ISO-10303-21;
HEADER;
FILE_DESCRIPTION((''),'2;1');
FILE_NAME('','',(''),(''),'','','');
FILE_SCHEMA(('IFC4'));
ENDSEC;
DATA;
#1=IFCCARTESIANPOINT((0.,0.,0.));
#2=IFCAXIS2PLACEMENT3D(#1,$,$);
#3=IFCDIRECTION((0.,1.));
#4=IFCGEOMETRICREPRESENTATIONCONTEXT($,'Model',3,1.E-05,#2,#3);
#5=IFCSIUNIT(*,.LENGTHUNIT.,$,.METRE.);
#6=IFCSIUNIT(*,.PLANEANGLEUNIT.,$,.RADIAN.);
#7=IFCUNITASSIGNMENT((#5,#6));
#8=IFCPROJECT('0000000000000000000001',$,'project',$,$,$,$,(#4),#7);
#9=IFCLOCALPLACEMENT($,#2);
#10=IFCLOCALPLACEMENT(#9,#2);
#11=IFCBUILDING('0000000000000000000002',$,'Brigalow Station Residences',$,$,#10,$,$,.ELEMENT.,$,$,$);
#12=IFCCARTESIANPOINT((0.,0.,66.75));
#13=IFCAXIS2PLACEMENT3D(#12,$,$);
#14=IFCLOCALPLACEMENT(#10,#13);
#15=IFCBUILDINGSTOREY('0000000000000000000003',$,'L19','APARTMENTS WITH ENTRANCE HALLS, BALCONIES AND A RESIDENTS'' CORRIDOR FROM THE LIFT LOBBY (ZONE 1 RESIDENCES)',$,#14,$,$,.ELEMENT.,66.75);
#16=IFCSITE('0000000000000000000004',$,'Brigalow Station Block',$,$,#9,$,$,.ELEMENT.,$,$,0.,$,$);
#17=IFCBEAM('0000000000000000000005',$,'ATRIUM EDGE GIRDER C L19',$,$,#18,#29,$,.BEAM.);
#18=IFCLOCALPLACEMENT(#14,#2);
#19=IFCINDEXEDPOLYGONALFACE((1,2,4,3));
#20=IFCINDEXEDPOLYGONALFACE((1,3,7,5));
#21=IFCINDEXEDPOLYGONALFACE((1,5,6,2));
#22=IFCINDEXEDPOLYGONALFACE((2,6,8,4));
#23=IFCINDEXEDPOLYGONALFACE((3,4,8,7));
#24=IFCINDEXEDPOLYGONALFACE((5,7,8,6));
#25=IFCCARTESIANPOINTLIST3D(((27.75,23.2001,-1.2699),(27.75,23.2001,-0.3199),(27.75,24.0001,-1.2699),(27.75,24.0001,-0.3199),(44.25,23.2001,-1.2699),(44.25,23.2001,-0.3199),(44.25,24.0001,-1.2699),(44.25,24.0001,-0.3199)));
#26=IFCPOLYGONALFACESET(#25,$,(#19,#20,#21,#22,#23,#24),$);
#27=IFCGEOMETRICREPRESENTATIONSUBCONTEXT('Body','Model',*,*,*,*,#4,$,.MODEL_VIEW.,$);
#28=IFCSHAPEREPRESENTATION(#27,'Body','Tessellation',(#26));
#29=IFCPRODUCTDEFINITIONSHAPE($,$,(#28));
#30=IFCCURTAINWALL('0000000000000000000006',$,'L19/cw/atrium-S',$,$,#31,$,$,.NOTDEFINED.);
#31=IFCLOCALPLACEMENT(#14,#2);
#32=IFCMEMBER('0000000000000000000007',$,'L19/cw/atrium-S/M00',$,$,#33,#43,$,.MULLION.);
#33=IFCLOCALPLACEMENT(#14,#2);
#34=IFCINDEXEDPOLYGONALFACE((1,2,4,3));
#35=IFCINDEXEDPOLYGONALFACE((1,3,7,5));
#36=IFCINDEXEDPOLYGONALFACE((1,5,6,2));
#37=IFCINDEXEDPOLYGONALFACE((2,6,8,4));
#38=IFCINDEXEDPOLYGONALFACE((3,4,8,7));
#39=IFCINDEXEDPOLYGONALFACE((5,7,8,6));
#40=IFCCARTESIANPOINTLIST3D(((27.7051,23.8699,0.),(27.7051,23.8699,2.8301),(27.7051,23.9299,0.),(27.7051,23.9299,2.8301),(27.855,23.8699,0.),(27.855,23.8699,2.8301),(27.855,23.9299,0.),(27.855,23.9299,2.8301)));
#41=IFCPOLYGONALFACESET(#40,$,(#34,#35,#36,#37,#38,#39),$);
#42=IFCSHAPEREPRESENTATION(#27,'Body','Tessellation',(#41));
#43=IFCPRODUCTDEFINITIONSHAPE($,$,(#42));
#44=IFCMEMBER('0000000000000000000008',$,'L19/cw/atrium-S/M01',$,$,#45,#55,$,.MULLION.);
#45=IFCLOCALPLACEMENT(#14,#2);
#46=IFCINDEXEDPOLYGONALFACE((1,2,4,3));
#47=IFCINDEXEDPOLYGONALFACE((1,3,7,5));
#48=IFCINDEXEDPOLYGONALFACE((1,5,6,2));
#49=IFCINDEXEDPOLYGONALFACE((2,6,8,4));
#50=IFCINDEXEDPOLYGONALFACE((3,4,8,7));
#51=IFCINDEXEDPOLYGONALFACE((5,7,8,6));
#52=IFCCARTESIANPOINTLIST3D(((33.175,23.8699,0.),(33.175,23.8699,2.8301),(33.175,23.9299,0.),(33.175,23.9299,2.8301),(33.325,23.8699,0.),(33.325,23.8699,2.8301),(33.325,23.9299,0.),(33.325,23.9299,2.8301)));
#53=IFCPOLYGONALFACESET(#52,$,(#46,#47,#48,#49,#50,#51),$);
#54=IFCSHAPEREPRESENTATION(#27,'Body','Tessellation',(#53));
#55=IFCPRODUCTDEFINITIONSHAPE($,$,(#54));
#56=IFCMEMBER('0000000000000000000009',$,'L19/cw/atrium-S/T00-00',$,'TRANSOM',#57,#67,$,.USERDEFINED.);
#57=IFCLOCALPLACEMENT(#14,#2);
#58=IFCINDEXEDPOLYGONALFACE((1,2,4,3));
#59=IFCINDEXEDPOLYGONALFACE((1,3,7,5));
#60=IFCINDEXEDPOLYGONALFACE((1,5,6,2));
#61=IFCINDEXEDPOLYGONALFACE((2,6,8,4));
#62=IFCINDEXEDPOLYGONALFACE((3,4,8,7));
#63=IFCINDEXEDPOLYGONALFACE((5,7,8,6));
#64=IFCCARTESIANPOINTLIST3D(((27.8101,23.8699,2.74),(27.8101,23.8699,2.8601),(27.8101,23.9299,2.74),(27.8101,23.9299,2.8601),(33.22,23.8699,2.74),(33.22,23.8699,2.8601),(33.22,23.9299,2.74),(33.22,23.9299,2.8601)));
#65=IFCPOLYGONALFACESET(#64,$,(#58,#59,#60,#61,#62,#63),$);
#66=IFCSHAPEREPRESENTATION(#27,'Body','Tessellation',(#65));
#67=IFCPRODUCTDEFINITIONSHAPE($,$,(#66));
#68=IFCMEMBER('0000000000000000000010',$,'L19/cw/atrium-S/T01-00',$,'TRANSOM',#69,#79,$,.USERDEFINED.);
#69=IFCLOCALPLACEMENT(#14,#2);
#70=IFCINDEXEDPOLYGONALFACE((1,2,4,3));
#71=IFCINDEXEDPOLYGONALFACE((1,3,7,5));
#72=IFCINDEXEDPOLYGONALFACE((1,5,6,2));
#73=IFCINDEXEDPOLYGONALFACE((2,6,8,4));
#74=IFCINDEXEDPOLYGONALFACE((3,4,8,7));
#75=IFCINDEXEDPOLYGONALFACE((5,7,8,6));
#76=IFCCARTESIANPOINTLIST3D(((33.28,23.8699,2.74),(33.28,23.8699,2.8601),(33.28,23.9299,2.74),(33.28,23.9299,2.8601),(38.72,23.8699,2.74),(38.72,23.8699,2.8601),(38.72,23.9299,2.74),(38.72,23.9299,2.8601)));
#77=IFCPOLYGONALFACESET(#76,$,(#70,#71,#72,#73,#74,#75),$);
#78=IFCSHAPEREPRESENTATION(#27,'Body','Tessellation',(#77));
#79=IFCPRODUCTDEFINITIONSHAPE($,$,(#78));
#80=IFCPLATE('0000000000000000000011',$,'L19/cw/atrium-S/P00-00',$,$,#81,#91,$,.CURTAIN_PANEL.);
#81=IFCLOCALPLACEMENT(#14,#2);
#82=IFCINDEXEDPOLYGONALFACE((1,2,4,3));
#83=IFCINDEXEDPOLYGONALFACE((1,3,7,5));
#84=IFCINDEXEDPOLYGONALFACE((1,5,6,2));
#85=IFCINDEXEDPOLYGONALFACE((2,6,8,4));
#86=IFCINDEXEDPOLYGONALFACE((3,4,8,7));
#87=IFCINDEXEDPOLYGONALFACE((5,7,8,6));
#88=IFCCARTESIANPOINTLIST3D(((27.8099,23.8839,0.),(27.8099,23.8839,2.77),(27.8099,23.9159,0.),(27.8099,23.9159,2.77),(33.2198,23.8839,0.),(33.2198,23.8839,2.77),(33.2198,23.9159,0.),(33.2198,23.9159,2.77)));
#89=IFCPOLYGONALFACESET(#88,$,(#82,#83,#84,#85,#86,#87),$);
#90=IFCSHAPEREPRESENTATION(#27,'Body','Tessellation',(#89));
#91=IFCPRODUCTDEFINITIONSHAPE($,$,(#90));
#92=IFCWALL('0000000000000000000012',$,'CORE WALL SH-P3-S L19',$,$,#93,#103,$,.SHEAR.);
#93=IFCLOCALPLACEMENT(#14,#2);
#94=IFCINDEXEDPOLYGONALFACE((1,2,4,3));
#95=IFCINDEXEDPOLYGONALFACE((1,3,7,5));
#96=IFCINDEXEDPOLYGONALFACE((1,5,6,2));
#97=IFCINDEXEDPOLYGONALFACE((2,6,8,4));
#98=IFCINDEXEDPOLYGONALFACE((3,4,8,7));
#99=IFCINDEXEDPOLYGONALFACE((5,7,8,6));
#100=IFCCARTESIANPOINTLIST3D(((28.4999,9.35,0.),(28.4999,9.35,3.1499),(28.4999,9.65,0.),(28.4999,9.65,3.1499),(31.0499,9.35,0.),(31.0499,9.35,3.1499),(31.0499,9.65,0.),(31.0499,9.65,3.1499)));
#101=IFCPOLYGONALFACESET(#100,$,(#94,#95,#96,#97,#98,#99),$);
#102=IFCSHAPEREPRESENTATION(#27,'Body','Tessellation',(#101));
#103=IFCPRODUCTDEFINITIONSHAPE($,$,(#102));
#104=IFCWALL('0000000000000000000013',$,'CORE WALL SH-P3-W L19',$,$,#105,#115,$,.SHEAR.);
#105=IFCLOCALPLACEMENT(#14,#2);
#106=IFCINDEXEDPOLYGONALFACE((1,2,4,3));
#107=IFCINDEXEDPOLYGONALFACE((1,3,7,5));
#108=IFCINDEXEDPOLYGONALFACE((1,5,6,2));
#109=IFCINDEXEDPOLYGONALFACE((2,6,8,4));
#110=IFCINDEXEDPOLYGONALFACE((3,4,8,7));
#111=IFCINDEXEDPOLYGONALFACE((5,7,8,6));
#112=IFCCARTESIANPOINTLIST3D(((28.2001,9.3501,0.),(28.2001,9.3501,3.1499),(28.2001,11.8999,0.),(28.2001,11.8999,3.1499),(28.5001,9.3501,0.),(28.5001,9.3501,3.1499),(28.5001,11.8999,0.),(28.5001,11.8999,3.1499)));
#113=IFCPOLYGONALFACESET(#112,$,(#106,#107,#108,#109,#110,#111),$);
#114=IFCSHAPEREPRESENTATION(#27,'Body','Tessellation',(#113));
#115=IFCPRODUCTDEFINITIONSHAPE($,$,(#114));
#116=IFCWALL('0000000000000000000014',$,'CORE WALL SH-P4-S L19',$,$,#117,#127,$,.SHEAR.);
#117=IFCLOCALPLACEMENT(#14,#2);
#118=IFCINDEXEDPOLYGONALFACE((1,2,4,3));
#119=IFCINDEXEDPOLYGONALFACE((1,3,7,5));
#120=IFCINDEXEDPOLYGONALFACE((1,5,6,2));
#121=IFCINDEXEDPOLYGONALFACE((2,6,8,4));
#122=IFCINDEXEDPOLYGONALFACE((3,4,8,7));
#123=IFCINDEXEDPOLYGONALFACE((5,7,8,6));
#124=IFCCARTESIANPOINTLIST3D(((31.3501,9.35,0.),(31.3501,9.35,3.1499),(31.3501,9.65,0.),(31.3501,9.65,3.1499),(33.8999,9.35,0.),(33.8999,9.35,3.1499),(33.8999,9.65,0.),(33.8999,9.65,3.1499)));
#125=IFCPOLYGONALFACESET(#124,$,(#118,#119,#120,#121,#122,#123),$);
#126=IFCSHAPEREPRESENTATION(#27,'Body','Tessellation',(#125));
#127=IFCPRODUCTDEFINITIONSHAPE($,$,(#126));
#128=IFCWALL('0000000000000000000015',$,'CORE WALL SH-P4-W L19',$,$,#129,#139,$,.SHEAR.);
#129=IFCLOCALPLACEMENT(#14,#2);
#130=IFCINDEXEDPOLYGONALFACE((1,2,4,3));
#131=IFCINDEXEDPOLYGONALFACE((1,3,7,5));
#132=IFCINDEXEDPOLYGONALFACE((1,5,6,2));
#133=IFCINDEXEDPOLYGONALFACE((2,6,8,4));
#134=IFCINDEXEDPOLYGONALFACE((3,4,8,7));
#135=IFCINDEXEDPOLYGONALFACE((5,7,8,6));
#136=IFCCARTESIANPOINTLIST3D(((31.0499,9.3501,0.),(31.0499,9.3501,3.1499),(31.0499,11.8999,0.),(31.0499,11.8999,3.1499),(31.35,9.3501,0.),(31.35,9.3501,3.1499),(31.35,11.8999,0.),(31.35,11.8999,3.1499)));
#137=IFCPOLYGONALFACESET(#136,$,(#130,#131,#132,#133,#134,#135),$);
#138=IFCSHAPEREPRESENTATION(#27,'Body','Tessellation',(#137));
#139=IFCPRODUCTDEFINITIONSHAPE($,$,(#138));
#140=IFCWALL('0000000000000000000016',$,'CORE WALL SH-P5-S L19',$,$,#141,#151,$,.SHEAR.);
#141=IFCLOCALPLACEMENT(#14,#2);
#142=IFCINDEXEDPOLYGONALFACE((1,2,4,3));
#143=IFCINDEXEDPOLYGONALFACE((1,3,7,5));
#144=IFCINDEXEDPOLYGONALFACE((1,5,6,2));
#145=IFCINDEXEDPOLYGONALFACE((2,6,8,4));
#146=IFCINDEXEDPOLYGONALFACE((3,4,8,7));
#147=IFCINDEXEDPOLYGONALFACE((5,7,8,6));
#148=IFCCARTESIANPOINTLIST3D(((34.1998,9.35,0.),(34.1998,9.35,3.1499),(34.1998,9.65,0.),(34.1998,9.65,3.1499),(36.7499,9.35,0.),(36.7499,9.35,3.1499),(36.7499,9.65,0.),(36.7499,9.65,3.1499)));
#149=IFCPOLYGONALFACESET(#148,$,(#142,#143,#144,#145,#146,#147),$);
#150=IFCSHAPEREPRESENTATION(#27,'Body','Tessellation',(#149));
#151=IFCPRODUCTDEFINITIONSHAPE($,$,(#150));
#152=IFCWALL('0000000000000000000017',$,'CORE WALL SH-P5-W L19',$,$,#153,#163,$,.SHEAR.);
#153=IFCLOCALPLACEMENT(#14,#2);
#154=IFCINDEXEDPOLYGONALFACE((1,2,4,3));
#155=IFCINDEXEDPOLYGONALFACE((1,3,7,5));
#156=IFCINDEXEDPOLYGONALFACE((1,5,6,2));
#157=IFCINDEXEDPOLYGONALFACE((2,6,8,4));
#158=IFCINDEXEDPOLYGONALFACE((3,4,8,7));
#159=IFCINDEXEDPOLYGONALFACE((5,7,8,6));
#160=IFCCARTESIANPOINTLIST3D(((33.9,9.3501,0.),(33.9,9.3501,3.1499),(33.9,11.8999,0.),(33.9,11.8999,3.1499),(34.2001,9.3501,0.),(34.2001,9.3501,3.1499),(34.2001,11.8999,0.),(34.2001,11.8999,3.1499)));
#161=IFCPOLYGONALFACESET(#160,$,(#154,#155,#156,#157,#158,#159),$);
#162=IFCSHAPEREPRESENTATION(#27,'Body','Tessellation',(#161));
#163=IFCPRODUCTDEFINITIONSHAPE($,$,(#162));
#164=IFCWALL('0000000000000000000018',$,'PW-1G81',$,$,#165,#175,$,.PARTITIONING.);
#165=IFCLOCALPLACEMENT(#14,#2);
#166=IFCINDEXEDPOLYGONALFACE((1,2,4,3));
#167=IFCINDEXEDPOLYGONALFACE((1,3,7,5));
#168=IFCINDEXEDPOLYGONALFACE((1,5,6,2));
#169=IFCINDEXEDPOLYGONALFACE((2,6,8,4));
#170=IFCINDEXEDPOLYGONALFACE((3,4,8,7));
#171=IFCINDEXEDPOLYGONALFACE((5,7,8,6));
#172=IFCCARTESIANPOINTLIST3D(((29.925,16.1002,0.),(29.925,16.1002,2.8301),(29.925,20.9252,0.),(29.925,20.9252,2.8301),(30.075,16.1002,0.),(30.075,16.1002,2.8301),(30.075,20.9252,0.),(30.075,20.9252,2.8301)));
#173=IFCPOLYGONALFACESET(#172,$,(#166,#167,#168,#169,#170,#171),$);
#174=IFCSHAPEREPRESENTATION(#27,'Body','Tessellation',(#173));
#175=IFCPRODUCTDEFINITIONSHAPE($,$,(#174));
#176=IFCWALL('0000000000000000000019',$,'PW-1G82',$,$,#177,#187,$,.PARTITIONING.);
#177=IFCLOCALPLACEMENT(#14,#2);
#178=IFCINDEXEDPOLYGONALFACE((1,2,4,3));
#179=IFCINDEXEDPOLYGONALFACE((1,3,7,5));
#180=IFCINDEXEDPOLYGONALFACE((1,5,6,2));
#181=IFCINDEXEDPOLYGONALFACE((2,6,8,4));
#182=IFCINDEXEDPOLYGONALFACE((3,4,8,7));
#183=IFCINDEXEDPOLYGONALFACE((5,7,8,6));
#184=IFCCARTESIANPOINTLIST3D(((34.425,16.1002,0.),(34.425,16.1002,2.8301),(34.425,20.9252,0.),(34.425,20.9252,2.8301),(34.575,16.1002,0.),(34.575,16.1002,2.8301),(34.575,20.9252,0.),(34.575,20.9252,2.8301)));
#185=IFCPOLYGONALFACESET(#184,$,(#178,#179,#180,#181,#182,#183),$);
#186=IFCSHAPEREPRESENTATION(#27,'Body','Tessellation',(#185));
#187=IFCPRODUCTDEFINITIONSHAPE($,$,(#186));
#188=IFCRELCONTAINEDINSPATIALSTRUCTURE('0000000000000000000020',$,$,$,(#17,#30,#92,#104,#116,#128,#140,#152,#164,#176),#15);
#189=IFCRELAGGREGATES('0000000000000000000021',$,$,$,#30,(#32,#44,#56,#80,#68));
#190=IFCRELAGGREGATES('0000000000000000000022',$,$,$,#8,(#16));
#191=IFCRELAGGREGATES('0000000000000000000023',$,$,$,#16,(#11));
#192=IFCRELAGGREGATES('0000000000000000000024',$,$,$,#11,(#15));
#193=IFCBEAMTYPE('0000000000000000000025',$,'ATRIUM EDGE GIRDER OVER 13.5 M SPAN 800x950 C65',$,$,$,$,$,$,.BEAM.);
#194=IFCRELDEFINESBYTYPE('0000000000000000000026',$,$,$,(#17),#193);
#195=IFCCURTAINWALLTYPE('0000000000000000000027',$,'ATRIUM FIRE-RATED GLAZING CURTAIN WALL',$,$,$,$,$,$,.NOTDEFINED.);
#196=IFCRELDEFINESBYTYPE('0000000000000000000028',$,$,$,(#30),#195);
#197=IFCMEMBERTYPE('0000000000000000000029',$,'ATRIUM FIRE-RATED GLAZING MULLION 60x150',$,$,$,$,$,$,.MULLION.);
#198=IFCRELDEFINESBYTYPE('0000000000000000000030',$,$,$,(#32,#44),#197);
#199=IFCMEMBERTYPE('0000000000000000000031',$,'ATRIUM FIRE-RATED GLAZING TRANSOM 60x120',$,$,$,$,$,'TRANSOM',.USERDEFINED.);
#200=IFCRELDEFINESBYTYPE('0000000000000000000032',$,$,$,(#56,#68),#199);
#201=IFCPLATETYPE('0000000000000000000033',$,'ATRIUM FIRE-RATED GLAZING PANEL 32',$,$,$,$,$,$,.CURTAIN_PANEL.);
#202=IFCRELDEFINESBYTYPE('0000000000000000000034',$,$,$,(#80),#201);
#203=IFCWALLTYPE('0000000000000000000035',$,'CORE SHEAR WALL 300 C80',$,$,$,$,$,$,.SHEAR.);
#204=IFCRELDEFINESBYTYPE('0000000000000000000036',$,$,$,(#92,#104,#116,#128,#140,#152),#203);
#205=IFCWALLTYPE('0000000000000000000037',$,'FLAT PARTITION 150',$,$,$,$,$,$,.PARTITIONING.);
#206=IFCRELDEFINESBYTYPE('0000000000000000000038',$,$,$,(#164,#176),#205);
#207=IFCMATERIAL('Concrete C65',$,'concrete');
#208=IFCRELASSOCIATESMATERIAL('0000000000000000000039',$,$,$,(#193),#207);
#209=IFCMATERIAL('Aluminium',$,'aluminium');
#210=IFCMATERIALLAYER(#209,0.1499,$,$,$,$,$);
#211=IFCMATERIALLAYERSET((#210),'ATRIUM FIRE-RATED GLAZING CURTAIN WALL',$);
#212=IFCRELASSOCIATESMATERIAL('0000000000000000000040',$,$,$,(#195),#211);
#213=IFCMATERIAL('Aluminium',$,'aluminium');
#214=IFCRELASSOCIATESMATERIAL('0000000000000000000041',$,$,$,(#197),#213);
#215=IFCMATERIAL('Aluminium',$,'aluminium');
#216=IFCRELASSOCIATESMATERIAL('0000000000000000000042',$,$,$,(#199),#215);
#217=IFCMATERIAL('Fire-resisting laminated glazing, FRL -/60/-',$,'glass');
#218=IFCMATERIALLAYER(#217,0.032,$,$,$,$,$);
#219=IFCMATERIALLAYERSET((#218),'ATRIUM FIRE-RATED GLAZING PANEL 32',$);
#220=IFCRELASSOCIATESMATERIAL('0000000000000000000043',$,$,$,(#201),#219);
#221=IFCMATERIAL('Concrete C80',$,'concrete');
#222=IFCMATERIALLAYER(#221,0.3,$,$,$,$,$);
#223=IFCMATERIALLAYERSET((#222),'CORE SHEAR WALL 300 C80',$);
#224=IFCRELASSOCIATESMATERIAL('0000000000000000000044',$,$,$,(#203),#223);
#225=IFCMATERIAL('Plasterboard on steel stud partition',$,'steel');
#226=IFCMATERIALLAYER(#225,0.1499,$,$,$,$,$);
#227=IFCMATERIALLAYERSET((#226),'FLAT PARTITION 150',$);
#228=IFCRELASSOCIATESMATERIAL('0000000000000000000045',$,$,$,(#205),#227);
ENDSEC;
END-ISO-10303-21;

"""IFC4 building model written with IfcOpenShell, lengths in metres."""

from ifc_helpers import new_model, si_unit, direction, frame, frame_2d, origin, origin_2d, place, context, subcontext, project, spatial, rectangle, extrude, material, layer, layer_set, material_profile, profile_set, type_object, element, aggregate, save


model = new_model("IFC4")

# Units and contexts
model_context = context("Model", 3, precision=1e-05, world=origin(), true_north=direction((0.0, 1.0)))
body_context = subcontext(model_context, "Body", "Model", "MODEL_VIEW")
ifc_project = project(units=[si_unit("LENGTHUNIT", "METRE"), si_unit("PLANEANGLEUNIT", "RADIAN")], contexts=[model_context])

# Site, building, storey
site_placement = place(None, origin())
site = spatial("IfcSite", under=ifc_project, at=site_placement, Name="Brigalow Station Block", CompositionType="ELEMENT", RefElevation=0.0)
building_placement = place(site_placement, origin())
building = spatial("IfcBuilding", under=site, at=building_placement, Name="Brigalow Station Residences", CompositionType="ELEMENT")
storey_placement = place(building_placement, frame((0.0, 0.0, 66.75)))
storey = spatial("IfcBuildingStorey", under=building, at=storey_placement, Name="L19", Description="APARTMENTS WITH ENTRANCE HALLS, BALCONIES AND A RESIDENTS' CORRIDOR FROM THE LIFT LOBBY (ZONE 1 RESIDENCES)", CompositionType="ELEMENT", Elevation=66.75)

# Beam
ifc_material_1 = material(Name="Concrete C65", Category="concrete")
ifc_material_profile_1 = material_profile(ifc_material_1, rectangle(XDim=0.8, YDim=0.95, at=origin_2d()), Name="RC800x950")
ifc_profile_set_1 = profile_set([ifc_material_profile_1], Name="Concrete C65")
beam_type = type_object("IfcBeamType", Name="ATRIUM EDGE GIRDER OVER 13.5 M SPAN 800x950 C65", PredefinedType="BEAM", material=ifc_profile_set_1)
beam_placement = place(storey_placement, frame((27.75, 23.6001, -0.7949), z_axis=(1.0, 0.0, 0.0), x_axis=(0.0, 1.0, 0.0)))
element("IfcBeam", 1, at=beam_placement, inside=storey, type_object=beam_type, Name="ATRIUM EDGE GIRDER C L19", PredefinedType="BEAM", context=body_context, shape_type="SweptSolid", body=[
    extrude(rectangle(XDim=0.8, YDim=0.95, at=origin_2d()), origin(), (0.0, 0.0, 1.0), 16.5),
])

# Curtain wall, members, plate
ifc_material_2 = material(Name="Aluminium", Category="aluminium")
ifc_layer_1 = layer(ifc_material_2, 0.1499)
ifc_layer_set_1 = layer_set([ifc_layer_1], Name="ATRIUM FIRE-RATED GLAZING CURTAIN WALL")
curtain_wall_type = type_object("IfcCurtainWallType", Name="ATRIUM FIRE-RATED GLAZING CURTAIN WALL", PredefinedType="NOTDEFINED", material=ifc_layer_set_1)
curtain_wall_placement = place(storey_placement, origin())
curtain_wall = element("IfcCurtainWall", 2, at=curtain_wall_placement, inside=storey, type_object=curtain_wall_type, Name="L19/cw/atrium-S", PredefinedType="NOTDEFINED")
ifc_material_3 = material(Name="Aluminium", Category="aluminium")
ifc_material_profile_2 = material_profile(ifc_material_3, rectangle(XDim=0.0601, YDim=0.1499, at=origin_2d()), Name="ATRIUM FIRE-RATED GLAZING MULLION 60x150")
ifc_profile_set_2 = profile_set([ifc_material_profile_2], Name="Aluminium")
member_type_1 = type_object("IfcMemberType", Name="ATRIUM FIRE-RATED GLAZING MULLION 60x150", PredefinedType="MULLION", material=ifc_profile_set_2)
member_1_placement = place(storey_placement, frame((27.78, 23.8999, 0.0), z_axis=(0.0, 0.0, 1.0), x_axis=(0.0, 1.0, 0.0)))
member_1 = element("IfcMember", 3, at=member_1_placement, type_object=member_type_1, Name="L19/cw/atrium-S/M00", PredefinedType="MULLION", context=body_context, shape_type="SweptSolid", body=[
    extrude(rectangle(XDim=0.0601, YDim=0.1499, at=origin_2d()), origin(), (0.0, 0.0, 1.0), 2.8301),
])
member_2_placement = place(storey_placement, frame((33.25, 23.8999, 0.0), z_axis=(0.0, 0.0, 1.0), x_axis=(0.0, 1.0, 0.0)))
member_2 = element("IfcMember", 4, at=member_2_placement, type_object=member_type_1, Name="L19/cw/atrium-S/M01", PredefinedType="MULLION", context=body_context, shape_type="SweptSolid", body=[
    extrude(rectangle(XDim=0.0601, YDim=0.1499, at=origin_2d()), origin(), (0.0, 0.0, 1.0), 2.8301),
])
ifc_material_4 = material(Name="Aluminium", Category="aluminium")
ifc_material_profile_3 = material_profile(ifc_material_4, rectangle(XDim=0.0601, YDim=0.1201, at=origin_2d()), Name="ATRIUM FIRE-RATED GLAZING TRANSOM 60x120")
ifc_profile_set_3 = profile_set([ifc_material_profile_3], Name="Aluminium")
member_type_2 = type_object("IfcMemberType", Name="ATRIUM FIRE-RATED GLAZING TRANSOM 60x120", ElementType="TRANSOM", PredefinedType="USERDEFINED", material=ifc_profile_set_3)
member_3_placement = place(storey_placement, frame((27.8101, 23.8999, 2.8), z_axis=(1.0, 0.0, 0.0), x_axis=(0.0, 1.0, 0.0)))
member_3 = element("IfcMember", 5, at=member_3_placement, type_object=member_type_2, Name="L19/cw/atrium-S/T00-00", ObjectType="TRANSOM", PredefinedType="USERDEFINED", context=body_context, shape_type="SweptSolid", body=[
    extrude(rectangle(XDim=0.0601, YDim=0.1201, at=origin_2d()), origin(), (0.0, 0.0, 1.0), 5.4099),
])
member_4_placement = place(storey_placement, frame((33.28, 23.8999, 2.8), z_axis=(1.0, 0.0, 0.0), x_axis=(0.0, 1.0, 0.0)))
member_4 = element("IfcMember", 6, at=member_4_placement, type_object=member_type_2, Name="L19/cw/atrium-S/T01-00", ObjectType="TRANSOM", PredefinedType="USERDEFINED", context=body_context, shape_type="SweptSolid", body=[
    extrude(rectangle(XDim=0.0601, YDim=0.1201, at=origin_2d()), origin(), (0.0, 0.0, 1.0), 5.4399),
])
ifc_material_5 = material(Name="Fire-resisting laminated glazing, FRL -/60/-", Category="glass")
ifc_layer_2 = layer(ifc_material_5, 0.032)
ifc_layer_set_2 = layer_set([ifc_layer_2], Name="ATRIUM FIRE-RATED GLAZING PANEL 32")
plate_type = type_object("IfcPlateType", Name="ATRIUM FIRE-RATED GLAZING PANEL 32", PredefinedType="CURTAIN_PANEL", material=ifc_layer_set_2)
plate_placement = place(storey_placement, frame((30.5149, 23.8999, 0.0), z_axis=(0.0, 0.0, 1.0), x_axis=(1.0, 0.0, 0.0)))
plate = element("IfcPlate", 7, at=plate_placement, type_object=plate_type, Name="L19/cw/atrium-S/P00-00", PredefinedType="CURTAIN_PANEL", context=body_context, shape_type="SweptSolid", body=[
    extrude(rectangle(XDim=5.4099, YDim=0.032, at=origin_2d()), origin(), (0.0, 0.0, 1.0), 2.77),
])
aggregate(curtain_wall, [member_1, member_2, member_3, plate, member_4])

# Walls
ifc_material_6 = material(Name="Concrete C80", Category="concrete")
ifc_layer_3 = layer(ifc_material_6, 0.3)
ifc_layer_set_3 = layer_set([ifc_layer_3], Name="CORE SHEAR WALL 300 C80")
wall_type_1 = type_object("IfcWallType", Name="CORE SHEAR WALL 300 C80", PredefinedType="SHEAR", material=ifc_layer_set_3)
wall_1_placement = place(storey_placement, frame((28.5, 9.5, 0.0), z_axis=(0.0, 0.0, 1.0), x_axis=(1.0, 0.0, 0.0)))
element("IfcWall", 8, at=wall_1_placement, inside=storey, type_object=wall_type_1, Name="CORE WALL SH-P3-S L19", PredefinedType="SHEAR", context=body_context, shape_type="SweptSolid", body=[
    extrude(rectangle(XDim=2.55, YDim=0.3, at=frame_2d((1.2749, 0.0))), origin(), (0.0, 0.0, 1.0), 3.1499),
])
for number, where, z_axis, x_axis, name in (
    (9, (28.3501, 9.3501, 0.0), (0.0, 0.0, 1.0), (0.0, 1.0, 0.0), "CORE WALL SH-P3-W L19"),
    (10, (31.3501, 9.5, 0.0), (0.0, 0.0, 1.0), (1.0, 0.0, 0.0), "CORE WALL SH-P4-S L19"),
    (11, (31.2, 9.3501, 0.0), (0.0, 0.0, 1.0), (0.0, 1.0, 0.0), "CORE WALL SH-P4-W L19"),
):
    element("IfcWall", number, at=place(storey_placement, frame(where, z_axis=z_axis, x_axis=x_axis)), inside=storey, type_object=wall_type_1, Name=name, PredefinedType="SHEAR", context=body_context, shape_type="SweptSolid", body=[
        extrude(rectangle(XDim=2.5498, YDim=0.3, at=frame_2d((1.2749, 0.0))), origin(), (0.0, 0.0, 1.0), 3.1499),
    ])
wall_2_placement = place(storey_placement, frame((34.2, 9.5, 0.0), z_axis=(0.0, 0.0, 1.0), x_axis=(1.0, 0.0, 0.0)))
element("IfcWall", 12, at=wall_2_placement, inside=storey, type_object=wall_type_1, Name="CORE WALL SH-P5-S L19", PredefinedType="SHEAR", context=body_context, shape_type="SweptSolid", body=[
    extrude(rectangle(XDim=2.55, YDim=0.3, at=frame_2d((1.2749, 0.0))), origin(), (0.0, 0.0, 1.0), 3.1499),
])
wall_3_placement = place(storey_placement, frame((34.05, 9.3501, 0.0), z_axis=(0.0, 0.0, 1.0), x_axis=(0.0, 1.0, 0.0)))
element("IfcWall", 13, at=wall_3_placement, inside=storey, type_object=wall_type_1, Name="CORE WALL SH-P5-W L19", PredefinedType="SHEAR", context=body_context, shape_type="SweptSolid", body=[
    extrude(rectangle(XDim=2.5498, YDim=0.3, at=frame_2d((1.2749, 0.0))), origin(), (0.0, 0.0, 1.0), 3.1499),
])
ifc_material_7 = material(Name="Plasterboard on steel stud partition", Category="steel")
ifc_layer_4 = layer(ifc_material_7, 0.1499)
ifc_layer_set_4 = layer_set([ifc_layer_4], Name="FLAT PARTITION 150")
wall_type_2 = type_object("IfcWallType", Name="FLAT PARTITION 150", PredefinedType="PARTITIONING", material=ifc_layer_set_4)
for number, where, z_axis, x_axis, name in (
    (14, (30.0, 16.1001, 0.0), (0.0, 0.0, 1.0), (0.0, 1.0, 0.0), "PW-1G81"),
    (15, (34.5, 16.1001, 0.0), (0.0, 0.0, 1.0), (0.0, 1.0, 0.0), "PW-1G82"),
):
    element("IfcWall", number, at=place(storey_placement, frame(where, z_axis=z_axis, x_axis=x_axis)), inside=storey, type_object=wall_type_2, Name=name, PredefinedType="PARTITIONING", context=body_context, shape_type="SweptSolid", body=[
        extrude(rectangle(XDim=4.825, YDim=0.1499, at=frame_2d((2.4126, 0.0))), origin(), (0.0, 0.0, 1.0), 2.8301),
    ])

save(model, "model.ifc")
